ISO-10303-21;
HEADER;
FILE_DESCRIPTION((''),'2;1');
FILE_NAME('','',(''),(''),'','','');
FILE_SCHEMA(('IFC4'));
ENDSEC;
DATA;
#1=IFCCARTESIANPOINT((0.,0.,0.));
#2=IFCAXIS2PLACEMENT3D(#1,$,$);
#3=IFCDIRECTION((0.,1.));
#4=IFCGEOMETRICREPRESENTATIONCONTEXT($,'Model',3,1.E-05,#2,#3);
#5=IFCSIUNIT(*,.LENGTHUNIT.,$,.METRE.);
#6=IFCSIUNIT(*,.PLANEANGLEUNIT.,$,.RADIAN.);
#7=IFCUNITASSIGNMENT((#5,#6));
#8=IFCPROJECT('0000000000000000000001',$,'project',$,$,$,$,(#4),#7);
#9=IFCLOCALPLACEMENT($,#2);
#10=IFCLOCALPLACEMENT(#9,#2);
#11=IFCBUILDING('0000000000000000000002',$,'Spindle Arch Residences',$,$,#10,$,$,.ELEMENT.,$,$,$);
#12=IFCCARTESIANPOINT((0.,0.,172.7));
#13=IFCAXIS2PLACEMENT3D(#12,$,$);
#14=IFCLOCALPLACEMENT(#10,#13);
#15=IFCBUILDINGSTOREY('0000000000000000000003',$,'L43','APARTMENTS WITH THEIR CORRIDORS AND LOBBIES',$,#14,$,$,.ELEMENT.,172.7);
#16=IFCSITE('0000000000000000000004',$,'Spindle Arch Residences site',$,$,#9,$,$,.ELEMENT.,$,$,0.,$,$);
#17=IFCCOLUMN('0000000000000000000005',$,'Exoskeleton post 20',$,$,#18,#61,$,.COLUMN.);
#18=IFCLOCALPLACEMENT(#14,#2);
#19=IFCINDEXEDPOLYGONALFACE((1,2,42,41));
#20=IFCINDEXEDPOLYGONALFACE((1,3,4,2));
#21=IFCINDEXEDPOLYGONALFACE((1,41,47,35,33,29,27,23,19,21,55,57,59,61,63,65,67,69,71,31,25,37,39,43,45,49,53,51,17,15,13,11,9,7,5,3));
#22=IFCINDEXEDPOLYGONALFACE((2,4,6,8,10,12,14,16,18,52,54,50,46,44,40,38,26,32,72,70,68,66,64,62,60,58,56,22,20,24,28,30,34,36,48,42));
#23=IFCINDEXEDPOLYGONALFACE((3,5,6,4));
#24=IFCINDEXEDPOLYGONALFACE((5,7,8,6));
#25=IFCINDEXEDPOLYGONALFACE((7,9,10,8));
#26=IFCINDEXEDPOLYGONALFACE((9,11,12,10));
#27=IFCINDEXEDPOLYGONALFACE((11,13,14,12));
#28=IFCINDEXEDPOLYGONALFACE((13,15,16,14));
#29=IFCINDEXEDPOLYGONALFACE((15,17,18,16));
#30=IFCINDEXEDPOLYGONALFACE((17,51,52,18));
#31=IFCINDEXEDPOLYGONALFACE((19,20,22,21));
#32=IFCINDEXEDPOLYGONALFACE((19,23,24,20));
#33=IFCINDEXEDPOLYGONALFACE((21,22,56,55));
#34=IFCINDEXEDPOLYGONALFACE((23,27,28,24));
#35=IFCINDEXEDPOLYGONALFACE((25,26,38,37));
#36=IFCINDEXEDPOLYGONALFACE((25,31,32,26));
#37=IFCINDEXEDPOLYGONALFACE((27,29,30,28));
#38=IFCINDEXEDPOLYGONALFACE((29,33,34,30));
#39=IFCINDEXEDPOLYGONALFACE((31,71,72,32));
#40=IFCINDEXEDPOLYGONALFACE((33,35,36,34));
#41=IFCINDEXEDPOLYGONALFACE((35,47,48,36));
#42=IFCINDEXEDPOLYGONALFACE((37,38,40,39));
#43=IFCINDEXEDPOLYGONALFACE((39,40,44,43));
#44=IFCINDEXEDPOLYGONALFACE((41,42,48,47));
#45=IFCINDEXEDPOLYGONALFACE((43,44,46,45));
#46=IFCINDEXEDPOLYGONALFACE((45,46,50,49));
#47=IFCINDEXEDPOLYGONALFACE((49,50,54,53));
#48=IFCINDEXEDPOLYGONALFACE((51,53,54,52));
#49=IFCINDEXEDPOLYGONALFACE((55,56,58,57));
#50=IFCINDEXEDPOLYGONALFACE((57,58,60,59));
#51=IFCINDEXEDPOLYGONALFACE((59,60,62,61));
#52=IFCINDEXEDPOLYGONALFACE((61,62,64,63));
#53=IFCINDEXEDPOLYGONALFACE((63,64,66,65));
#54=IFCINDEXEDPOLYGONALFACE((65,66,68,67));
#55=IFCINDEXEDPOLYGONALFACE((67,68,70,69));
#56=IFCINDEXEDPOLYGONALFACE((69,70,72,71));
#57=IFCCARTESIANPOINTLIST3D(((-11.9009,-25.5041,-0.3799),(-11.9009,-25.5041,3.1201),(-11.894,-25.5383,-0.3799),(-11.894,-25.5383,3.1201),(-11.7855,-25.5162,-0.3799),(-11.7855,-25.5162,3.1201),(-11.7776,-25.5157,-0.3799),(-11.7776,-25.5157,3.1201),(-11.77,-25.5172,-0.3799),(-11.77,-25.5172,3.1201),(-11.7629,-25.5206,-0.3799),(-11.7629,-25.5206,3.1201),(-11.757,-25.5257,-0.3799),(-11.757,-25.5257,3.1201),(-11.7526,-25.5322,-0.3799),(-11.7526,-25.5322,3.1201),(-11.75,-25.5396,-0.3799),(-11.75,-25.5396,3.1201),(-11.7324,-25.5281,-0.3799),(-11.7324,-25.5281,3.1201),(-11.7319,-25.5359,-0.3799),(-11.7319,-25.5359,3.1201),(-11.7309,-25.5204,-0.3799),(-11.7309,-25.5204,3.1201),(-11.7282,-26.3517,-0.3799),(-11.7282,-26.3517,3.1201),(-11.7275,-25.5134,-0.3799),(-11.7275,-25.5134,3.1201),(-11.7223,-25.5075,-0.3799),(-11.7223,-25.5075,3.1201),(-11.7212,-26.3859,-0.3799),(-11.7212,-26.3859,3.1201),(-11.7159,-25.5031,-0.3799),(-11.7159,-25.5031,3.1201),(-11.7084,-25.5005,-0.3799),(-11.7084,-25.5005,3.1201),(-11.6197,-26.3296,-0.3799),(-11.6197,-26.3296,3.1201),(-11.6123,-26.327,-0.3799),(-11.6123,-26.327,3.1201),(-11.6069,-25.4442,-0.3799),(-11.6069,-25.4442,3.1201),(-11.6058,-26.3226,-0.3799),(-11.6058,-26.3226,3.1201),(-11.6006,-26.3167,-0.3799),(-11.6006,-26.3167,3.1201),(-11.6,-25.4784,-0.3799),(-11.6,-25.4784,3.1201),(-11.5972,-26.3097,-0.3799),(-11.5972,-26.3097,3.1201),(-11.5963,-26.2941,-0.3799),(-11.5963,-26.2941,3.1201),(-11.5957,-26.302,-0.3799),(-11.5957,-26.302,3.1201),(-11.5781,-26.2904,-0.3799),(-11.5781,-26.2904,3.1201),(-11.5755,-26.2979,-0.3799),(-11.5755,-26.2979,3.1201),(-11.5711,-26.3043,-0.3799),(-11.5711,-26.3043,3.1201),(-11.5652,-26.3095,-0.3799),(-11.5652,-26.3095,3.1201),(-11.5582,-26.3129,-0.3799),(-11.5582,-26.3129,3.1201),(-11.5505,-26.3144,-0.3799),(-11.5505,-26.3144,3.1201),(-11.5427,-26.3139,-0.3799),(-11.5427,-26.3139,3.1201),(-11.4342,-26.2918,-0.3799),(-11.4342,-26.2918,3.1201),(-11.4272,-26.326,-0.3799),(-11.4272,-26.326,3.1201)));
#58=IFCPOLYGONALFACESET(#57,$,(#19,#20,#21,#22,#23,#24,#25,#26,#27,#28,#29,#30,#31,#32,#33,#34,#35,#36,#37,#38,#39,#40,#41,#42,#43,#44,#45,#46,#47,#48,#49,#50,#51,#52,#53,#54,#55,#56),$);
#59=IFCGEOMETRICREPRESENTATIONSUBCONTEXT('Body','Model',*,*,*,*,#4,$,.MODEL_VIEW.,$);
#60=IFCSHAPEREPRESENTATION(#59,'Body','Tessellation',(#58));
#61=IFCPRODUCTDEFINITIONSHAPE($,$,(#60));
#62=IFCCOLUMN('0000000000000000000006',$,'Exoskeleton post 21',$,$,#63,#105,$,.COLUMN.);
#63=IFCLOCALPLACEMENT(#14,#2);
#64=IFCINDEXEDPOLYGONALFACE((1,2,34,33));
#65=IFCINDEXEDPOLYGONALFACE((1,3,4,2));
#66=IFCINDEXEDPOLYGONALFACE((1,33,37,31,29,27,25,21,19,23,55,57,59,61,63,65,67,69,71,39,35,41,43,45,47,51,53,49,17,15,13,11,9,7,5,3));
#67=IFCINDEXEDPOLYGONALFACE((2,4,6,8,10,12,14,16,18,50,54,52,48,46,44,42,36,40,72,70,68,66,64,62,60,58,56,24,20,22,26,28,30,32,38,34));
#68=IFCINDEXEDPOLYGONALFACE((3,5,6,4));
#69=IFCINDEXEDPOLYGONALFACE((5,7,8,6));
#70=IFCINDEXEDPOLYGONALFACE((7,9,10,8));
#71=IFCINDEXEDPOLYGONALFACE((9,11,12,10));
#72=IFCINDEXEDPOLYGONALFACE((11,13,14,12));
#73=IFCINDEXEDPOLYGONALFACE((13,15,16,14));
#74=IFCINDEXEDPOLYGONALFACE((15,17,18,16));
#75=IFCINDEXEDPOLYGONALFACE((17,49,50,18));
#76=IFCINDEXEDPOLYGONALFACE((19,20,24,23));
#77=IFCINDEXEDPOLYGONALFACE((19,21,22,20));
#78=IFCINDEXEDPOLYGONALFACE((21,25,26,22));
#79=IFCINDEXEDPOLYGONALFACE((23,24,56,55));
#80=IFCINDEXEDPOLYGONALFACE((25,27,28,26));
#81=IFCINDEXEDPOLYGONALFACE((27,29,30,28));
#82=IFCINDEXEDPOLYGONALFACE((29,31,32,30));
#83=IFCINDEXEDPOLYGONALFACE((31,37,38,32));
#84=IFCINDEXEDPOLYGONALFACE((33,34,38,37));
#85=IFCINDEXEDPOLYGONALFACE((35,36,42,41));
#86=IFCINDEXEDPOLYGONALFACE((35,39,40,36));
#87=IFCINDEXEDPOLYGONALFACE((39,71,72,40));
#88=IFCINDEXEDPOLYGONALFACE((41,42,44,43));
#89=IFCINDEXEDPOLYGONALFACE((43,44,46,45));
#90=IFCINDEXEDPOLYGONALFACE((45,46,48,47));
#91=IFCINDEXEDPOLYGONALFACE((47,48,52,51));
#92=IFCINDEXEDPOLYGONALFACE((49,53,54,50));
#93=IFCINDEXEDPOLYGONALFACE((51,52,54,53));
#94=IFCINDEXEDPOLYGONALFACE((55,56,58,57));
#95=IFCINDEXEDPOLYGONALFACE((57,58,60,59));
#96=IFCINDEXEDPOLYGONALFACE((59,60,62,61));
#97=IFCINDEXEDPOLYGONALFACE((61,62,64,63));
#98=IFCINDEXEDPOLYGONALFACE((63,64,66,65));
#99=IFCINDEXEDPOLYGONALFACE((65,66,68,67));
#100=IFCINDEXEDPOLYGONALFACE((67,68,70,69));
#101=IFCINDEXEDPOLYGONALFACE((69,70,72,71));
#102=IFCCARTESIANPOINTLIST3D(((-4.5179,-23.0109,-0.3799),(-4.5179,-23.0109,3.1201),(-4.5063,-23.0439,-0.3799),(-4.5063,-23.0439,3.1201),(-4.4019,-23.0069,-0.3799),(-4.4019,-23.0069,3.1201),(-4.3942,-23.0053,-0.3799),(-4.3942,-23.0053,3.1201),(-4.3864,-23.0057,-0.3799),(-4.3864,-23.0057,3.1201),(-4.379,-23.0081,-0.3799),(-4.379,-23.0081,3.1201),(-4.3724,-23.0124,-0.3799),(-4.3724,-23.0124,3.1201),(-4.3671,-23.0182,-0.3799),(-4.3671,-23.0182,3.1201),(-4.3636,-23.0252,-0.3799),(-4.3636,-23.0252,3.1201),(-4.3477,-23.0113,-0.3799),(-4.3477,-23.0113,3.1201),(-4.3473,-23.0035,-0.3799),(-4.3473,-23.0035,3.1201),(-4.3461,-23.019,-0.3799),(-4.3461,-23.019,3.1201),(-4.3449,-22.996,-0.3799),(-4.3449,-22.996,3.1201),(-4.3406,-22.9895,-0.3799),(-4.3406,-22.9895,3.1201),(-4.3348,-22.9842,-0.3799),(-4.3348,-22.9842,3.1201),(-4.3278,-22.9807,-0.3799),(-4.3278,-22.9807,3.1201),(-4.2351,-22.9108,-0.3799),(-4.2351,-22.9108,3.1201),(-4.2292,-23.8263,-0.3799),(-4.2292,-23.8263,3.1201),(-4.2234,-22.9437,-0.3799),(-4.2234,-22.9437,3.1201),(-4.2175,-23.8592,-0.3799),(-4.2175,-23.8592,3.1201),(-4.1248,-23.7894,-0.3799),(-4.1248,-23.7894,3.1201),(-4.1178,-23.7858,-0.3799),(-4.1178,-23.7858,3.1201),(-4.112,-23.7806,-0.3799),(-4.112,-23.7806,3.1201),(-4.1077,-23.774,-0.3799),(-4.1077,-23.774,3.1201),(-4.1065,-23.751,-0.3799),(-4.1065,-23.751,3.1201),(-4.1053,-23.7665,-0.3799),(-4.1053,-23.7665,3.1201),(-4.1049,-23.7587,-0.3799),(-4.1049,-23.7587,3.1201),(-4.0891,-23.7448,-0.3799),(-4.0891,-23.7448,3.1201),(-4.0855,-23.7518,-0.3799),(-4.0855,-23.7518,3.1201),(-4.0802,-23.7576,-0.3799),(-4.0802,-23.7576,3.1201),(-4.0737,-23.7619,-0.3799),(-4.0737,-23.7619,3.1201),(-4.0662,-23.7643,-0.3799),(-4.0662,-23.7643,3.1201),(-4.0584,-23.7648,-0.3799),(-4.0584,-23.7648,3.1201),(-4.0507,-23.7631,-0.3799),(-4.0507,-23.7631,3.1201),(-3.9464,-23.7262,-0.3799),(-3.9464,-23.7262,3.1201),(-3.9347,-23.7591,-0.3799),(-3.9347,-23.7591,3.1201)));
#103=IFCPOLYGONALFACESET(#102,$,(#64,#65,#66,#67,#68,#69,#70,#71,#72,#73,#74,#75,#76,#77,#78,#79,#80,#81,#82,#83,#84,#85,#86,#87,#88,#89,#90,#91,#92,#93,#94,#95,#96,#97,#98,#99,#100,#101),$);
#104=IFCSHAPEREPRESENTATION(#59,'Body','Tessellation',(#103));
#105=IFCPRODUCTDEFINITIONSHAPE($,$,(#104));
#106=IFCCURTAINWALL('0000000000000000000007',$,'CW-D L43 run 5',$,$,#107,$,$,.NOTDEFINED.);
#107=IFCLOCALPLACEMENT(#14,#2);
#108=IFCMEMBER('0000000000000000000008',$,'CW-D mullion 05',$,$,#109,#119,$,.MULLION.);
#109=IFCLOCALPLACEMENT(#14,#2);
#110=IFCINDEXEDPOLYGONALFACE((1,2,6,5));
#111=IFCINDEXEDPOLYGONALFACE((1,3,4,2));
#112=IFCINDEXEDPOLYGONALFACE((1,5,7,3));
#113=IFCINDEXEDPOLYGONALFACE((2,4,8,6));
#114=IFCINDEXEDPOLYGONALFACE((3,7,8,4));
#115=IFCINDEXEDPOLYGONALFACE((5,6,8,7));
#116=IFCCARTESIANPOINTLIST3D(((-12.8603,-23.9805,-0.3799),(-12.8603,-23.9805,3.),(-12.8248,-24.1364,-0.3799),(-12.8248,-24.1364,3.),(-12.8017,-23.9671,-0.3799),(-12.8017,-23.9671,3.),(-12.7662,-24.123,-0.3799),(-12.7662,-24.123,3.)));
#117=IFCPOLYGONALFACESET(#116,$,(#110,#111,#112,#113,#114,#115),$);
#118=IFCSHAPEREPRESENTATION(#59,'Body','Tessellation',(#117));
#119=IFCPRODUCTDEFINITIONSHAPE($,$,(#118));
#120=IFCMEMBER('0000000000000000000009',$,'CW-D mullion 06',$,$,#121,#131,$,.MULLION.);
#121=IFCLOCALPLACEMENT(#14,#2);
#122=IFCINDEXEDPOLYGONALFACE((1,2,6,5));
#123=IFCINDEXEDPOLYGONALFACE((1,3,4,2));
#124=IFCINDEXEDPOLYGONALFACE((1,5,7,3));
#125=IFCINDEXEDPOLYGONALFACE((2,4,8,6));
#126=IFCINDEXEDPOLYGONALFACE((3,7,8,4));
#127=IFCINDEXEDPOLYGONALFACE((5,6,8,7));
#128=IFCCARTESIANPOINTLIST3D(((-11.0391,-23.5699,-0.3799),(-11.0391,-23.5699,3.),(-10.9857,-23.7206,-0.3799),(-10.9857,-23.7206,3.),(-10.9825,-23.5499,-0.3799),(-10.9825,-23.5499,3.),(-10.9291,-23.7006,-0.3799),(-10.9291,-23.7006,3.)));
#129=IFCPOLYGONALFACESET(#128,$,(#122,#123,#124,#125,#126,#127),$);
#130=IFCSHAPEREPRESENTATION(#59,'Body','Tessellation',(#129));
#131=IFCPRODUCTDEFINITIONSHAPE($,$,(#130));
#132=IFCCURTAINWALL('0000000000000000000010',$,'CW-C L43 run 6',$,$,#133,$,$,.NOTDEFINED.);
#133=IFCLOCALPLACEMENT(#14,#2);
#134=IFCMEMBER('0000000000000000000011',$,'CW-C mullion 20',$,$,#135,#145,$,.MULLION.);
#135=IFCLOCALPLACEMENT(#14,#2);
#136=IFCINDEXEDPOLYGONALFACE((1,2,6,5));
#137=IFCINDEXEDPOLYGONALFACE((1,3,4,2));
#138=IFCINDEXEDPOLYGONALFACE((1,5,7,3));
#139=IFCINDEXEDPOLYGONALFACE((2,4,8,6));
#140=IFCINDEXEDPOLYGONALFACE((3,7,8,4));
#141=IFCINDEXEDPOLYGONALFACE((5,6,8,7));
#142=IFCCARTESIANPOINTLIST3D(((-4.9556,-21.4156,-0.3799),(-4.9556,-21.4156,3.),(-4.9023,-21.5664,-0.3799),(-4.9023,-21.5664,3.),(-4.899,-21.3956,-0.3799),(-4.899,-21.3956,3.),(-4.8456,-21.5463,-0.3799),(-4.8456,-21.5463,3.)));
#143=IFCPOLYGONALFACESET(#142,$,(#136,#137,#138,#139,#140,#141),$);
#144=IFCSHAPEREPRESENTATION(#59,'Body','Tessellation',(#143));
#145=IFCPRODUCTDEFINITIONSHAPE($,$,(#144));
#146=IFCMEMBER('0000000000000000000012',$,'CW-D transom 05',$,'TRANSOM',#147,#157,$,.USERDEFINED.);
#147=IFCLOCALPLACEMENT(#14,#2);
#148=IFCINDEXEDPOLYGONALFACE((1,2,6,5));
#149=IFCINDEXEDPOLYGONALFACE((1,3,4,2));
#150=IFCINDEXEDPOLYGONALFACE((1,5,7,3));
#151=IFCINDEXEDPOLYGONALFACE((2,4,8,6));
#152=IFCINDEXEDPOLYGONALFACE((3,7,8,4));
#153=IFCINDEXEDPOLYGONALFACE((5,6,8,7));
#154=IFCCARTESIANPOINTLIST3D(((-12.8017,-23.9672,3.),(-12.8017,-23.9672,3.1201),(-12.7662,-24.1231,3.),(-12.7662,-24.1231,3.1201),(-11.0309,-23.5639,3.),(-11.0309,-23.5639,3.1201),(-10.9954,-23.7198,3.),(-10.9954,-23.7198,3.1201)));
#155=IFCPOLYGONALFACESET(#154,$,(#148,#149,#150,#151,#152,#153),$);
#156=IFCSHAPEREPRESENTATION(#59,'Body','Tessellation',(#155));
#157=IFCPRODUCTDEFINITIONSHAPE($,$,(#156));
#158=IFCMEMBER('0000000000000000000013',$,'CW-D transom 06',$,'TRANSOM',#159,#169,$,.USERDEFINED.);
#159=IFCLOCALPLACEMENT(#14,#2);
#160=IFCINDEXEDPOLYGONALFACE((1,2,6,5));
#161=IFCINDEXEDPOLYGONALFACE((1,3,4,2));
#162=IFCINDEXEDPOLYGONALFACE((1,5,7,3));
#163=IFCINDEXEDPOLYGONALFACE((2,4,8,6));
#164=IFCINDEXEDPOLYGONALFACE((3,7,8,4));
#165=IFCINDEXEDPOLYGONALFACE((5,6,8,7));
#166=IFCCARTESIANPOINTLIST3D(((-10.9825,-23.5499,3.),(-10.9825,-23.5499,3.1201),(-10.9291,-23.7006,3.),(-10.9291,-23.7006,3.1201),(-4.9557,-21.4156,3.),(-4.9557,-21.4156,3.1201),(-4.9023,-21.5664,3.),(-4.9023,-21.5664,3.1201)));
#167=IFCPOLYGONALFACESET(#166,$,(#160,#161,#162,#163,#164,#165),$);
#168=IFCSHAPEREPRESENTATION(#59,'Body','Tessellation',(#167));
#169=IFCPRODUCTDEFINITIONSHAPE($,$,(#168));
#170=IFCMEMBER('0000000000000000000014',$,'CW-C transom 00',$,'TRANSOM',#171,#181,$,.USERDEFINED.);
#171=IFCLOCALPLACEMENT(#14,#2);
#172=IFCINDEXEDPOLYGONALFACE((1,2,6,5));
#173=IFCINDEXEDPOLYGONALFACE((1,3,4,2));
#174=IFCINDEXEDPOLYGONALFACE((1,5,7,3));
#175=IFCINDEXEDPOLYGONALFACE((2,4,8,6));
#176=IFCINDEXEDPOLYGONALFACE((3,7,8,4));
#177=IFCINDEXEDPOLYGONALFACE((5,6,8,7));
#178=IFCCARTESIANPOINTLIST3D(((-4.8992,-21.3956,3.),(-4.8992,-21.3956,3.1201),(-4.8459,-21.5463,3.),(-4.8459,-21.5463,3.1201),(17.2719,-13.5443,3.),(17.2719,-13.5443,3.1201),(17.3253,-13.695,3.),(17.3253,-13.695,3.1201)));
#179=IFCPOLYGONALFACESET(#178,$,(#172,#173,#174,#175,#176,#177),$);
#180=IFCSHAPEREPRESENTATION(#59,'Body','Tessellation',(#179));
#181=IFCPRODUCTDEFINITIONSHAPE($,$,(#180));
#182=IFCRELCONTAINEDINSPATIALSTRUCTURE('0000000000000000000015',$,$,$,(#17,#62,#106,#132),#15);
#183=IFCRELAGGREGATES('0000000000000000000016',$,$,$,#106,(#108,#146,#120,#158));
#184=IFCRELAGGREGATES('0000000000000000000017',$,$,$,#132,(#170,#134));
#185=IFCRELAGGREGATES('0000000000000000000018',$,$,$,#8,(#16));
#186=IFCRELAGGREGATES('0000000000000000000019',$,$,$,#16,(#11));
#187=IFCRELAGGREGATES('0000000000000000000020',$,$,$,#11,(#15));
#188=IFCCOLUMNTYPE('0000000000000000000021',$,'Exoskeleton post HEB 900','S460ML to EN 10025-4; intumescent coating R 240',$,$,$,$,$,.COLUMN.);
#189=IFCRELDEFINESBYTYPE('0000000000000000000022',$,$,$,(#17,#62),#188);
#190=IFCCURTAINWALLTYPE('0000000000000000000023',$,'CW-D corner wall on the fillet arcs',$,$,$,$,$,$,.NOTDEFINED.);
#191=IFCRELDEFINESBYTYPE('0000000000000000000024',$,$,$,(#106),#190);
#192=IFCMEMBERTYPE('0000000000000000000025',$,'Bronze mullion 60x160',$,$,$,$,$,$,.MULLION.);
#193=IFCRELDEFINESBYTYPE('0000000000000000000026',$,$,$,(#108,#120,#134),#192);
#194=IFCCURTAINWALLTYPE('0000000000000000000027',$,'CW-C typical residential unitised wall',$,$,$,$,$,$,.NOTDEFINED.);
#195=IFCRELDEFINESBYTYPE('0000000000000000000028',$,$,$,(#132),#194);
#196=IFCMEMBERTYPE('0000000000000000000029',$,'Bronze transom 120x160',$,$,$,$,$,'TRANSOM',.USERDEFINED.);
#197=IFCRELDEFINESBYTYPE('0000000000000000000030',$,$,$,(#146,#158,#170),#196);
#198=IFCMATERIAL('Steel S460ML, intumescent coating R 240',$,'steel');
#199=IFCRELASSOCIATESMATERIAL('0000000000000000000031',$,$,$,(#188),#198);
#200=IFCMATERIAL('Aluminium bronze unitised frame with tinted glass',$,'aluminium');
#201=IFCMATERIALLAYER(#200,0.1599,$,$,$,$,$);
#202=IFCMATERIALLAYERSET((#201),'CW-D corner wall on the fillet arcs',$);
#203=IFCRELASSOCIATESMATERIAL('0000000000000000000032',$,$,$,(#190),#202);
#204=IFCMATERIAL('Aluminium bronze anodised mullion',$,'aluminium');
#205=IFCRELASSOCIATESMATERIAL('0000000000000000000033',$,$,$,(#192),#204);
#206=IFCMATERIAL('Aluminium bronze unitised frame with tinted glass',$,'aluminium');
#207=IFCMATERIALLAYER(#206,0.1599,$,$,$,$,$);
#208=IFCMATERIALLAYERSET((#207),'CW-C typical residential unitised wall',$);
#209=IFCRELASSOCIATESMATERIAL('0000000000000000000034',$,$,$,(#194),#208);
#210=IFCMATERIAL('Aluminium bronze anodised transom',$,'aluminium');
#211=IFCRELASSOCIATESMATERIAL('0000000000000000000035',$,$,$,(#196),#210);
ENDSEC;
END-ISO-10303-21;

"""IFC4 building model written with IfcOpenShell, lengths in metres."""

from ifc_helpers import new_model, si_unit, direction, frame, origin, origin_2d, place, context, subcontext, project, spatial, rectangle, i_section, extrude, material, layer, layer_set, material_profile, profile_set, type_object, element, aggregate, save


model = new_model("IFC4")

# Units and contexts
model_context = context("Model", 3, precision=1e-05, world=origin(), true_north=direction((0.0, 1.0)))
body_context = subcontext(model_context, "Body", "Model", "MODEL_VIEW")
ifc_project = project(units=[si_unit("LENGTHUNIT", "METRE"), si_unit("PLANEANGLEUNIT", "RADIAN")], contexts=[model_context])

# Site, building, storey
site_placement = place(None, origin())
site = spatial("IfcSite", under=ifc_project, at=site_placement, Name="Spindle Arch Residences site", CompositionType="ELEMENT", RefElevation=0.0)
building_placement = place(site_placement, origin())
building = spatial("IfcBuilding", under=site, at=building_placement, Name="Spindle Arch Residences", CompositionType="ELEMENT")
storey_placement = place(building_placement, frame((0.0, 0.0, 172.7)))
storey = spatial("IfcBuildingStorey", under=building, at=storey_placement, Name="L43", Description="APARTMENTS WITH THEIR CORRIDORS AND LOBBIES", CompositionType="ELEMENT", Elevation=172.7)

# Columns
ifc_material_1 = material(Name="Steel S460ML, intumescent coating R 240", Category="steel")
ifc_material_profile_1 = material_profile(ifc_material_1, i_section(OverallWidth=0.3, OverallDepth=0.8999, WebThickness=0.0186, FlangeThickness=0.0349, FilletRadius=0.03, at=origin_2d()), Name="HEB 900")
ifc_profile_set_1 = profile_set([ifc_material_profile_1], Name="Steel S460ML, intumescent coating R 240")
column_type = type_object("IfcColumnType", Name="Exoskeleton post HEB 900", Description="S460ML to EN 10025-4; intumescent coating R 240", PredefinedType="COLUMN", material=ifc_profile_set_1)
for number, where, z_axis, x_axis, name in (
    (1, (-11.6641, -25.915, -0.3799), (0.0, 0.0, 1.0), (-0.979853, -0.199719, 0.0), "Exoskeleton post 20"),
    (2, (-4.2263, -23.385, -0.3799), (0.0, 0.0, 1.0), (-0.942641, -0.333807, 0.0), "Exoskeleton post 21"),
):
    element("IfcColumn", number, at=place(storey_placement, frame(where, z_axis=z_axis, x_axis=x_axis)), inside=storey, type_object=column_type, Name=name, PredefinedType="COLUMN", context=body_context, shape_type="SweptSolid", body=[
        extrude(i_section(OverallWidth=0.3, OverallDepth=0.8999, WebThickness=0.0186, FlangeThickness=0.0349, FilletRadius=0.03, at=origin_2d()), origin(), (0.0, 0.0, 1.0), 3.5),
    ])

# Curtain wall, members
ifc_material_2 = material(Name="Aluminium bronze unitised frame with tinted glass", Category="aluminium")
ifc_layer_1 = layer(ifc_material_2, 0.1599)
ifc_layer_set_1 = layer_set([ifc_layer_1], Name="CW-D corner wall on the fillet arcs")
curtain_wall_type_1 = type_object("IfcCurtainWallType", Name="CW-D corner wall on the fillet arcs", PredefinedType="NOTDEFINED", material=ifc_layer_set_1)
curtain_wall_1_placement = place(storey_placement, origin())
curtain_wall_1 = element("IfcCurtainWall", 3, at=curtain_wall_1_placement, inside=storey, type_object=curtain_wall_type_1, Name="CW-D L43 run 5", PredefinedType="NOTDEFINED")
ifc_material_3 = material(Name="Aluminium bronze anodised mullion", Category="aluminium")
ifc_material_profile_2 = material_profile(ifc_material_3, rectangle(XDim=0.1599, YDim=0.0601, at=origin_2d()), Name="MU 60x160")
ifc_profile_set_2 = profile_set([ifc_material_profile_2], Name="Aluminium bronze anodised mullion")
member_type_1 = type_object("IfcMemberType", Name="Bronze mullion 60x160", PredefinedType="MULLION", material=ifc_profile_set_2)
member_1_placement = place(storey_placement, frame((-12.8132, -24.0518, -0.3799), z_axis=(0.0, 0.0, 1.0), x_axis=(-0.222116, 0.97502, 0.0)))
member_1 = element("IfcMember", 4, at=member_1_placement, type_object=member_type_1, Name="CW-D mullion 05", PredefinedType="MULLION", context=body_context, shape_type="SweptSolid", body=[
    extrude(rectangle(XDim=0.1599, YDim=0.0601, at=origin_2d()), origin(), (0.0, 0.0, 1.0), 3.3799),
])
member_2_placement = place(storey_placement, frame((-10.9841, -23.6353, -0.3799), z_axis=(0.0, 0.0, 1.0), x_axis=(-0.333807, 0.942641, 0.0)))
member_2 = element("IfcMember", 5, at=member_2_placement, type_object=member_type_1, Name="CW-D mullion 06", PredefinedType="MULLION", context=body_context, shape_type="SweptSolid", body=[
    extrude(rectangle(XDim=0.1599, YDim=0.0601, at=origin_2d()), origin(), (0.0, 0.0, 1.0), 3.3799),
])

# Curtain wall, member
ifc_material_4 = material(Name="Aluminium bronze unitised frame with tinted glass", Category="aluminium")
ifc_layer_2 = layer(ifc_material_4, 0.1599)
ifc_layer_set_2 = layer_set([ifc_layer_2], Name="CW-C typical residential unitised wall")
curtain_wall_type_2 = type_object("IfcCurtainWallType", Name="CW-C typical residential unitised wall", PredefinedType="NOTDEFINED", material=ifc_layer_set_2)
curtain_wall_2_placement = place(storey_placement, origin())
curtain_wall_2 = element("IfcCurtainWall", 6, at=curtain_wall_2_placement, inside=storey, type_object=curtain_wall_type_2, Name="CW-C L43 run 6", PredefinedType="NOTDEFINED")
member_3_placement = place(storey_placement, frame((-4.9006, -21.481, -0.3799), z_axis=(0.0, 0.0, 1.0), x_axis=(-0.333807, 0.942641, 0.0)))
member_3 = element("IfcMember", 7, at=member_3_placement, type_object=member_type_1, Name="CW-C mullion 20", PredefinedType="MULLION", context=body_context, shape_type="SweptSolid", body=[
    extrude(rectangle(XDim=0.1599, YDim=0.0601, at=origin_2d()), origin(), (0.0, 0.0, 1.0), 3.3799),
])

# Members
ifc_material_5 = material(Name="Aluminium bronze anodised transom", Category="aluminium")
ifc_material_profile_3 = material_profile(ifc_material_5, rectangle(XDim=0.1599, YDim=0.1201, at=origin_2d()), Name="TR 120x160")
ifc_profile_set_3 = profile_set([ifc_material_profile_3], Name="Aluminium bronze anodised transom")
member_type_2 = type_object("IfcMemberType", Name="Bronze transom 120x160", ElementType="TRANSOM", PredefinedType="USERDEFINED", material=ifc_profile_set_3)
member_4_placement = place(storey_placement, frame((-12.7839, -24.0452, 3.0601), z_axis=(0.975028, 0.22208, 0.0), x_axis=(-0.22208, 0.975028, 0.0)))
member_4 = element("IfcMember", 8, at=member_4_placement, type_object=member_type_2, Name="CW-D transom 05", ObjectType="TRANSOM", PredefinedType="USERDEFINED", context=body_context, shape_type="SweptSolid", body=[
    extrude(rectangle(XDim=0.1599, YDim=0.1201, at=origin_2d()), origin(), (0.0, 0.0, 1.0), 1.8162),
])
member_5_placement = place(storey_placement, frame((-10.9558, -23.6252, 3.0601), z_axis=(0.942639, 0.333815, 0.0), x_axis=(-0.333815, 0.942639, 0.0)))
member_5 = element("IfcMember", 9, at=member_5_placement, type_object=member_type_2, Name="CW-D transom 06", ObjectType="TRANSOM", PredefinedType="USERDEFINED", context=body_context, shape_type="SweptSolid", body=[
    extrude(rectangle(XDim=0.1599, YDim=0.1201, at=origin_2d()), origin(), (0.0, 0.0, 1.0), 6.3936),
])
member_6_placement = place(storey_placement, frame((-4.8726, -21.4709, 3.0601), z_axis=(0.94264, 0.333811, 0.0), x_axis=(-0.333811, 0.94264, 0.0)))
member_6 = element("IfcMember", 10, at=member_6_placement, type_object=member_type_2, Name="CW-C transom 00", ObjectType="TRANSOM", PredefinedType="USERDEFINED", context=body_context, shape_type="SweptSolid", body=[
    extrude(rectangle(XDim=0.1599, YDim=0.1201, at=origin_2d()), origin(), (0.0, 0.0, 1.0), 23.5203),
])

aggregate(curtain_wall_1, [member_1, member_4, member_2, member_5])
aggregate(curtain_wall_2, [member_6, member_3])

save(model, "model.ifc")
